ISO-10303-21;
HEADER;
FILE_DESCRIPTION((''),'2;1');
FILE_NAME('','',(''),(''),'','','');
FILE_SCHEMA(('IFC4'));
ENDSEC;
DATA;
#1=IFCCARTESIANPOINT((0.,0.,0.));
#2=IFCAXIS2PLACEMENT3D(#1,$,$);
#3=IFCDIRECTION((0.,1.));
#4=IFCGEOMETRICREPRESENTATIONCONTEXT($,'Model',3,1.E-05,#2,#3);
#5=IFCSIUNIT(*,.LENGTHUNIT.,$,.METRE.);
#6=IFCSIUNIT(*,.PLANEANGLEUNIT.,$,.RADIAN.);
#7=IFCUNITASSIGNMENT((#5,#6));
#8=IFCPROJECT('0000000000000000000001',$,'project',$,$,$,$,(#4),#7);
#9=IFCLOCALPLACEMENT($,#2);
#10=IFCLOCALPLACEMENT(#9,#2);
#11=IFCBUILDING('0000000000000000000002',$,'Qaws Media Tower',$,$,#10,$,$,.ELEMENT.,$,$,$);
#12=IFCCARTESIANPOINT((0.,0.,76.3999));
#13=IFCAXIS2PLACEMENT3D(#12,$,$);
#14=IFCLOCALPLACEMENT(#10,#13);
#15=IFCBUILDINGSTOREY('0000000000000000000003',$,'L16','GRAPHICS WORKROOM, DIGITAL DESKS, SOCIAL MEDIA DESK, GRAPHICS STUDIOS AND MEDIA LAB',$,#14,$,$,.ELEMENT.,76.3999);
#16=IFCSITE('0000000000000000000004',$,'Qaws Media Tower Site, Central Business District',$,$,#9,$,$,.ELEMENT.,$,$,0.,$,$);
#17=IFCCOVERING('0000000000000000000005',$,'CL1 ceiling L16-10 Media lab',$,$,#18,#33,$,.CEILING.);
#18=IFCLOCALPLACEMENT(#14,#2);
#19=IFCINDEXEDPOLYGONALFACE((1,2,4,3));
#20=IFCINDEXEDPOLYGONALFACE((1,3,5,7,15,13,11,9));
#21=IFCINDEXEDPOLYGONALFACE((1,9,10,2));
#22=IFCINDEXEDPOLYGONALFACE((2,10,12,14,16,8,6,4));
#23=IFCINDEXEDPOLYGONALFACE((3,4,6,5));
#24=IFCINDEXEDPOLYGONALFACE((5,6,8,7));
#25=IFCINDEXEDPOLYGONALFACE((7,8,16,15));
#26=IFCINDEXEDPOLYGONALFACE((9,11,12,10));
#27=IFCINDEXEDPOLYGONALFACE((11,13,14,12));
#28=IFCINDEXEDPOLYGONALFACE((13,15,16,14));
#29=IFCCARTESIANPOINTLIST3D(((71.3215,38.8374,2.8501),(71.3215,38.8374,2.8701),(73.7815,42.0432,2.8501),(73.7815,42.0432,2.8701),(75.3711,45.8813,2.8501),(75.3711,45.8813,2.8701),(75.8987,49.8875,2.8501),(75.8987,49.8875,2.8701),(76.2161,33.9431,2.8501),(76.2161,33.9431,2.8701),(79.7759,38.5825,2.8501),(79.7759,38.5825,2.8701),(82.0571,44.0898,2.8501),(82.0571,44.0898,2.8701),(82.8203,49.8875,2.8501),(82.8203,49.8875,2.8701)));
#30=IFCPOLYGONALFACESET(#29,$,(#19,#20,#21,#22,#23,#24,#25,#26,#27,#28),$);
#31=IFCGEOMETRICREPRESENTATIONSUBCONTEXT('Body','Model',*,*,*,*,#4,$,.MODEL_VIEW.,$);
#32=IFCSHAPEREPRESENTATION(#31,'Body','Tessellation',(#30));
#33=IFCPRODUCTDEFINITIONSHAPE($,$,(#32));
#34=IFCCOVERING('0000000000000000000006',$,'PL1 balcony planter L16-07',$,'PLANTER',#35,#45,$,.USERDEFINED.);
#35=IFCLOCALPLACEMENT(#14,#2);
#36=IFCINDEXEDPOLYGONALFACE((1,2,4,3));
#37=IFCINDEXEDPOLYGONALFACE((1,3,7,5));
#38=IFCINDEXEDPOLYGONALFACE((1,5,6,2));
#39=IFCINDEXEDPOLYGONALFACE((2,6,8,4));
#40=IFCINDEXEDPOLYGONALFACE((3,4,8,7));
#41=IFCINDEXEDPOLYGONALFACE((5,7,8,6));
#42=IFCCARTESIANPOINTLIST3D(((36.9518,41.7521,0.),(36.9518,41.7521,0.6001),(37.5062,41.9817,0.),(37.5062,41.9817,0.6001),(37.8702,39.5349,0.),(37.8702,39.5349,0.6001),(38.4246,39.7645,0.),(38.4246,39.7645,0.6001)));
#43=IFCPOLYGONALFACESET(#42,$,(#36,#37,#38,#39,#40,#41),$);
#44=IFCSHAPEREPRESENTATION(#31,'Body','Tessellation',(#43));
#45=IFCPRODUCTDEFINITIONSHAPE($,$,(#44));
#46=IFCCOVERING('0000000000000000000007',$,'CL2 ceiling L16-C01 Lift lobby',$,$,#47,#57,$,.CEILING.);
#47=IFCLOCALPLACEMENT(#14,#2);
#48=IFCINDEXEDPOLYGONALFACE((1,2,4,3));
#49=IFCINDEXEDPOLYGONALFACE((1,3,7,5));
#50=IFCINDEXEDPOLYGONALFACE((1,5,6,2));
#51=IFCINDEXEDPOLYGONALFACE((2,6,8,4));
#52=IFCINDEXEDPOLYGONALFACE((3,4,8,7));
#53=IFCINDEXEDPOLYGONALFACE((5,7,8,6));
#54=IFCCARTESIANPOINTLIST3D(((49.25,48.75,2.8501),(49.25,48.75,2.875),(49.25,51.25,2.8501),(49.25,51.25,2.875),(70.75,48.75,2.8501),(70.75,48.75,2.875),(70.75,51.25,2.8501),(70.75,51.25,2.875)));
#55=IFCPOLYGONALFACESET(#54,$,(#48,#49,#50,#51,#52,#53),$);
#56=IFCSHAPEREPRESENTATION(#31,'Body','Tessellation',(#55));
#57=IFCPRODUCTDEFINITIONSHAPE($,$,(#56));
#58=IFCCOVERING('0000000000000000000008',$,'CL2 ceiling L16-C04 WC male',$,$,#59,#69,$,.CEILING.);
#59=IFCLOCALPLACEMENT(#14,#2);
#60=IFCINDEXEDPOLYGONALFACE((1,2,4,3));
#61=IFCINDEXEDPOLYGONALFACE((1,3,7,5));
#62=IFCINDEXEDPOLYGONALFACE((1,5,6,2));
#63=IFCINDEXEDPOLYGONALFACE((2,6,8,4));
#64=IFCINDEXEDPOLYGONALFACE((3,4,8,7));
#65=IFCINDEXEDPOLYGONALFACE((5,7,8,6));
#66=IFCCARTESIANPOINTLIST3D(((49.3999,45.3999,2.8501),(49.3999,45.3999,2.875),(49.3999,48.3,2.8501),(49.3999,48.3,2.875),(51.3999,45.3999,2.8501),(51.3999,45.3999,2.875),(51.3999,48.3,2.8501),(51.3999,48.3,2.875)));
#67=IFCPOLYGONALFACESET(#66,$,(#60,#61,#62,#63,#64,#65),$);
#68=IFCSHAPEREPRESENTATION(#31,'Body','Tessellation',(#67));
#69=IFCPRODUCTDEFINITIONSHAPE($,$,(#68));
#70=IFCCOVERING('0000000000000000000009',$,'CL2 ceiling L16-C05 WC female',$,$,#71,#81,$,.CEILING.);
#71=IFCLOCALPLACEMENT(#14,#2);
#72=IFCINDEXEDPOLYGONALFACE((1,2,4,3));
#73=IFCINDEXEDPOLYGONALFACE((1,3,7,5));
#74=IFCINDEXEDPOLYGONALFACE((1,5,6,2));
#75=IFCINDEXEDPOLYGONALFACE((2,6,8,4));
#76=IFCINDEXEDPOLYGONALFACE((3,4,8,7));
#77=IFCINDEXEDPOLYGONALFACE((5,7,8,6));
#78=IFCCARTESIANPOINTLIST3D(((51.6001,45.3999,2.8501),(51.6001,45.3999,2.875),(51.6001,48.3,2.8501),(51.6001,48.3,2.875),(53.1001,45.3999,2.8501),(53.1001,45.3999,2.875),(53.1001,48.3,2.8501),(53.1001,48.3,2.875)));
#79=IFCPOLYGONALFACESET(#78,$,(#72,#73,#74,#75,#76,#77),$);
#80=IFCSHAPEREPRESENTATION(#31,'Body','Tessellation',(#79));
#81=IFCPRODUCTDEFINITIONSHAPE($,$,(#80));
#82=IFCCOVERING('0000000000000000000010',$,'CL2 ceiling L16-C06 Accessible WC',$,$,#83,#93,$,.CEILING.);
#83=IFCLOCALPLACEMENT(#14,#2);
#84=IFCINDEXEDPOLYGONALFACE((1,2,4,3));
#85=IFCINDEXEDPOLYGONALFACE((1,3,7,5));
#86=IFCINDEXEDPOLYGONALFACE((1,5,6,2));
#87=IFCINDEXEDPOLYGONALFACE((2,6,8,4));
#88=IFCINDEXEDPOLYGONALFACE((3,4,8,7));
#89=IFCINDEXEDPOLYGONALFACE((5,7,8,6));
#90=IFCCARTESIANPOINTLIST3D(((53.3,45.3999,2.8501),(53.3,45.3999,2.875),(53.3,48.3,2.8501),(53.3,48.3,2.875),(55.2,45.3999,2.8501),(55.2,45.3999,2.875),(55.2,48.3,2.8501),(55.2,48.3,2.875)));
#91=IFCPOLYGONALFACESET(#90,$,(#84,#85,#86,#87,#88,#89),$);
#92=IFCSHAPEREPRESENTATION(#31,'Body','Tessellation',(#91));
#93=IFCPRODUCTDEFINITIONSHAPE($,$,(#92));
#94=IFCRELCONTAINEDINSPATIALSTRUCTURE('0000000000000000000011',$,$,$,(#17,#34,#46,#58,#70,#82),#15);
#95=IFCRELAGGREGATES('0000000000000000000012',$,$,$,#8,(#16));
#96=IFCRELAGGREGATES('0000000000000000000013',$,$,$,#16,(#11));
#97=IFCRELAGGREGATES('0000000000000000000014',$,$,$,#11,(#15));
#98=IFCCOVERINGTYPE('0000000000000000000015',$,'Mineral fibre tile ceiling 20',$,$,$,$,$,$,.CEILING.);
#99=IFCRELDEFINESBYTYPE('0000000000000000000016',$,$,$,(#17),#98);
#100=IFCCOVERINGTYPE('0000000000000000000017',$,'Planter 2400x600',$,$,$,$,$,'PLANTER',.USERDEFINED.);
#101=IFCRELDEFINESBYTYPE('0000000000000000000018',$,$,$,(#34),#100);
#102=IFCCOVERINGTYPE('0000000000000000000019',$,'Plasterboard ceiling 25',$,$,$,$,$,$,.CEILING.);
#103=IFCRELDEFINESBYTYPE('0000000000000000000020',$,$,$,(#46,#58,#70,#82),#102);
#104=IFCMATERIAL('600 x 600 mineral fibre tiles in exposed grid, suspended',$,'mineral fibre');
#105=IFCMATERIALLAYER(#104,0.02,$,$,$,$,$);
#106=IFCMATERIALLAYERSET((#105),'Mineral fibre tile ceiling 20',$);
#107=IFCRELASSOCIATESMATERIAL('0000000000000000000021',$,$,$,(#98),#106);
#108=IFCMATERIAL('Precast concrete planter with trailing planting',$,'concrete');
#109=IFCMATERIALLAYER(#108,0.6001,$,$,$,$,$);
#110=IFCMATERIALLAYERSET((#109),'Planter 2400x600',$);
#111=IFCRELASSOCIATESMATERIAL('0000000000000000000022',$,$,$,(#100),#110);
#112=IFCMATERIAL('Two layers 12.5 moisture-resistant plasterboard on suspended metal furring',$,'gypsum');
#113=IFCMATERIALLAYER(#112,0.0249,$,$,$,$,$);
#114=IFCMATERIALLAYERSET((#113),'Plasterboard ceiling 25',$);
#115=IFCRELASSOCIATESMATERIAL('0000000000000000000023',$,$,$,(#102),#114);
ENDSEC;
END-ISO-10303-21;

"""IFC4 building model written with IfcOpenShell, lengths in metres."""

from ifc_helpers import new_model, si_unit, direction, frame, origin, origin_2d, place, context, subcontext, project, spatial, polyline, rectangle, outline, extrude, material, layer, layer_set, type_object, element, save


model = new_model("IFC4")

# Units and contexts
model_context = context("Model", 3, precision=1e-05, world=origin(), true_north=direction((0.0, 1.0)))
body_context = subcontext(model_context, "Body", "Model", "MODEL_VIEW")
ifc_project = project(units=[si_unit("LENGTHUNIT", "METRE"), si_unit("PLANEANGLEUNIT", "RADIAN")], contexts=[model_context])

# Site, building, storey
site_placement = place(None, origin())
site = spatial("IfcSite", under=ifc_project, at=site_placement, Name="Qaws Media Tower Site, Central Business District", CompositionType="ELEMENT", RefElevation=0.0)
building_placement = place(site_placement, origin())
building = spatial("IfcBuilding", under=site, at=building_placement, Name="Qaws Media Tower", CompositionType="ELEMENT")
storey_placement = place(building_placement, frame((0.0, 0.0, 76.3999)))
storey = spatial("IfcBuildingStorey", under=building, at=storey_placement, Name="L16", Description="GRAPHICS WORKROOM, DIGITAL DESKS, SOCIAL MEDIA DESK, GRAPHICS STUDIOS AND MEDIA LAB", CompositionType="ELEMENT", Elevation=76.3999)

# Coverings
ifc_material_1 = material(Name="600 x 600 mineral fibre tiles in exposed grid, suspended", Category="mineral fibre")
ifc_layer_1 = layer(ifc_material_1, 0.02)
ifc_layer_set_1 = layer_set([ifc_layer_1], Name="Mineral fibre tile ceiling 20")
covering_type_1 = type_object("IfcCoveringType", Name="Mineral fibre tile ceiling 20", PredefinedType="CEILING", material=ifc_layer_set_1)
covering_1_placement = place(storey_placement, frame((0.0, 0.0, 2.8501)))
element("IfcCovering", 1, at=covering_1_placement, inside=storey, type_object=covering_type_1, Name="CL1 ceiling L16-10 Media lab", PredefinedType="CEILING", context=body_context, shape_type="SweptSolid", body=[
    extrude(outline(polyline([(82.0571, 44.0898), (79.7759, 38.5825), (76.2161, 33.9431), (71.3215, 38.8374), (73.7815, 42.0432), (75.3711, 45.8813), (75.8987, 49.8875), (82.8203, 49.8875), (82.0571, 44.0898)])), origin(), (0.0, 0.0, 1.0), 0.02),
])
ifc_material_2 = material(Name="Precast concrete planter with trailing planting", Category="concrete")
ifc_layer_2 = layer(ifc_material_2, 0.6001)
ifc_layer_set_2 = layer_set([ifc_layer_2], Name="Planter 2400x600")
covering_type_2 = type_object("IfcCoveringType", Name="Planter 2400x600", ElementType="PLANTER", PredefinedType="USERDEFINED", material=ifc_layer_set_2)
covering_2_placement = place(storey_placement, frame((37.6882, 40.7583, 0.0), z_axis=(0.0, 0.0, 1.0), x_axis=(0.382683, -0.92388, 0.0)))
element("IfcCovering", 2, at=covering_2_placement, inside=storey, type_object=covering_type_2, Name="PL1 balcony planter L16-07", ObjectType="PLANTER", PredefinedType="USERDEFINED", context=body_context, shape_type="SweptSolid", body=[
    extrude(rectangle(XDim=2.3999, YDim=0.6001, at=origin_2d()), origin(), (0.0, 0.0, 1.0), 0.6001),
])
ifc_material_3 = material(Name="Two layers 12.5 moisture-resistant plasterboard on suspended metal furring", Category="gypsum")
ifc_layer_3 = layer(ifc_material_3, 0.0249)
ifc_layer_set_3 = layer_set([ifc_layer_3], Name="Plasterboard ceiling 25")
covering_type_3 = type_object("IfcCoveringType", Name="Plasterboard ceiling 25", PredefinedType="CEILING", material=ifc_layer_set_3)
covering_3_placement = place(storey_placement, frame((0.0, 0.0, 2.8501)))
element("IfcCovering", 3, at=covering_3_placement, inside=storey, type_object=covering_type_3, Name="CL2 ceiling L16-C01 Lift lobby", PredefinedType="CEILING", context=body_context, shape_type="SweptSolid", body=[
    extrude(outline(polyline([(49.25, 48.75), (49.25, 51.25), (70.75, 51.25), (70.75, 48.75), (49.25, 48.75)])), origin(), (0.0, 0.0, 1.0), 0.0249),
])
covering_4_placement = place(storey_placement, frame((0.0, 0.0, 2.8501)))
element("IfcCovering", 4, at=covering_4_placement, inside=storey, type_object=covering_type_3, Name="CL2 ceiling L16-C04 WC male", PredefinedType="CEILING", context=body_context, shape_type="SweptSolid", body=[
    extrude(outline(polyline([(49.3999, 45.3999), (49.3999, 48.3), (51.3999, 48.3), (51.3999, 45.3999), (49.3999, 45.3999)])), origin(), (0.0, 0.0, 1.0), 0.0249),
])
covering_5_placement = place(storey_placement, frame((0.0, 0.0, 2.8501)))
element("IfcCovering", 5, at=covering_5_placement, inside=storey, type_object=covering_type_3, Name="CL2 ceiling L16-C05 WC female", PredefinedType="CEILING", context=body_context, shape_type="SweptSolid", body=[
    extrude(outline(polyline([(51.6001, 45.3999), (51.6001, 48.3), (53.1001, 48.3), (53.1001, 45.3999), (51.6001, 45.3999)])), origin(), (0.0, 0.0, 1.0), 0.0249),
])
covering_6_placement = place(storey_placement, frame((0.0, 0.0, 2.8501)))
element("IfcCovering", 6, at=covering_6_placement, inside=storey, type_object=covering_type_3, Name="CL2 ceiling L16-C06 Accessible WC", PredefinedType="CEILING", context=body_context, shape_type="SweptSolid", body=[
    extrude(outline(polyline([(53.3, 45.3999), (53.3, 48.3), (55.2, 48.3), (55.2, 45.3999), (53.3, 45.3999)])), origin(), (0.0, 0.0, 1.0), 0.0249),
])

save(model, "model.ifc")
